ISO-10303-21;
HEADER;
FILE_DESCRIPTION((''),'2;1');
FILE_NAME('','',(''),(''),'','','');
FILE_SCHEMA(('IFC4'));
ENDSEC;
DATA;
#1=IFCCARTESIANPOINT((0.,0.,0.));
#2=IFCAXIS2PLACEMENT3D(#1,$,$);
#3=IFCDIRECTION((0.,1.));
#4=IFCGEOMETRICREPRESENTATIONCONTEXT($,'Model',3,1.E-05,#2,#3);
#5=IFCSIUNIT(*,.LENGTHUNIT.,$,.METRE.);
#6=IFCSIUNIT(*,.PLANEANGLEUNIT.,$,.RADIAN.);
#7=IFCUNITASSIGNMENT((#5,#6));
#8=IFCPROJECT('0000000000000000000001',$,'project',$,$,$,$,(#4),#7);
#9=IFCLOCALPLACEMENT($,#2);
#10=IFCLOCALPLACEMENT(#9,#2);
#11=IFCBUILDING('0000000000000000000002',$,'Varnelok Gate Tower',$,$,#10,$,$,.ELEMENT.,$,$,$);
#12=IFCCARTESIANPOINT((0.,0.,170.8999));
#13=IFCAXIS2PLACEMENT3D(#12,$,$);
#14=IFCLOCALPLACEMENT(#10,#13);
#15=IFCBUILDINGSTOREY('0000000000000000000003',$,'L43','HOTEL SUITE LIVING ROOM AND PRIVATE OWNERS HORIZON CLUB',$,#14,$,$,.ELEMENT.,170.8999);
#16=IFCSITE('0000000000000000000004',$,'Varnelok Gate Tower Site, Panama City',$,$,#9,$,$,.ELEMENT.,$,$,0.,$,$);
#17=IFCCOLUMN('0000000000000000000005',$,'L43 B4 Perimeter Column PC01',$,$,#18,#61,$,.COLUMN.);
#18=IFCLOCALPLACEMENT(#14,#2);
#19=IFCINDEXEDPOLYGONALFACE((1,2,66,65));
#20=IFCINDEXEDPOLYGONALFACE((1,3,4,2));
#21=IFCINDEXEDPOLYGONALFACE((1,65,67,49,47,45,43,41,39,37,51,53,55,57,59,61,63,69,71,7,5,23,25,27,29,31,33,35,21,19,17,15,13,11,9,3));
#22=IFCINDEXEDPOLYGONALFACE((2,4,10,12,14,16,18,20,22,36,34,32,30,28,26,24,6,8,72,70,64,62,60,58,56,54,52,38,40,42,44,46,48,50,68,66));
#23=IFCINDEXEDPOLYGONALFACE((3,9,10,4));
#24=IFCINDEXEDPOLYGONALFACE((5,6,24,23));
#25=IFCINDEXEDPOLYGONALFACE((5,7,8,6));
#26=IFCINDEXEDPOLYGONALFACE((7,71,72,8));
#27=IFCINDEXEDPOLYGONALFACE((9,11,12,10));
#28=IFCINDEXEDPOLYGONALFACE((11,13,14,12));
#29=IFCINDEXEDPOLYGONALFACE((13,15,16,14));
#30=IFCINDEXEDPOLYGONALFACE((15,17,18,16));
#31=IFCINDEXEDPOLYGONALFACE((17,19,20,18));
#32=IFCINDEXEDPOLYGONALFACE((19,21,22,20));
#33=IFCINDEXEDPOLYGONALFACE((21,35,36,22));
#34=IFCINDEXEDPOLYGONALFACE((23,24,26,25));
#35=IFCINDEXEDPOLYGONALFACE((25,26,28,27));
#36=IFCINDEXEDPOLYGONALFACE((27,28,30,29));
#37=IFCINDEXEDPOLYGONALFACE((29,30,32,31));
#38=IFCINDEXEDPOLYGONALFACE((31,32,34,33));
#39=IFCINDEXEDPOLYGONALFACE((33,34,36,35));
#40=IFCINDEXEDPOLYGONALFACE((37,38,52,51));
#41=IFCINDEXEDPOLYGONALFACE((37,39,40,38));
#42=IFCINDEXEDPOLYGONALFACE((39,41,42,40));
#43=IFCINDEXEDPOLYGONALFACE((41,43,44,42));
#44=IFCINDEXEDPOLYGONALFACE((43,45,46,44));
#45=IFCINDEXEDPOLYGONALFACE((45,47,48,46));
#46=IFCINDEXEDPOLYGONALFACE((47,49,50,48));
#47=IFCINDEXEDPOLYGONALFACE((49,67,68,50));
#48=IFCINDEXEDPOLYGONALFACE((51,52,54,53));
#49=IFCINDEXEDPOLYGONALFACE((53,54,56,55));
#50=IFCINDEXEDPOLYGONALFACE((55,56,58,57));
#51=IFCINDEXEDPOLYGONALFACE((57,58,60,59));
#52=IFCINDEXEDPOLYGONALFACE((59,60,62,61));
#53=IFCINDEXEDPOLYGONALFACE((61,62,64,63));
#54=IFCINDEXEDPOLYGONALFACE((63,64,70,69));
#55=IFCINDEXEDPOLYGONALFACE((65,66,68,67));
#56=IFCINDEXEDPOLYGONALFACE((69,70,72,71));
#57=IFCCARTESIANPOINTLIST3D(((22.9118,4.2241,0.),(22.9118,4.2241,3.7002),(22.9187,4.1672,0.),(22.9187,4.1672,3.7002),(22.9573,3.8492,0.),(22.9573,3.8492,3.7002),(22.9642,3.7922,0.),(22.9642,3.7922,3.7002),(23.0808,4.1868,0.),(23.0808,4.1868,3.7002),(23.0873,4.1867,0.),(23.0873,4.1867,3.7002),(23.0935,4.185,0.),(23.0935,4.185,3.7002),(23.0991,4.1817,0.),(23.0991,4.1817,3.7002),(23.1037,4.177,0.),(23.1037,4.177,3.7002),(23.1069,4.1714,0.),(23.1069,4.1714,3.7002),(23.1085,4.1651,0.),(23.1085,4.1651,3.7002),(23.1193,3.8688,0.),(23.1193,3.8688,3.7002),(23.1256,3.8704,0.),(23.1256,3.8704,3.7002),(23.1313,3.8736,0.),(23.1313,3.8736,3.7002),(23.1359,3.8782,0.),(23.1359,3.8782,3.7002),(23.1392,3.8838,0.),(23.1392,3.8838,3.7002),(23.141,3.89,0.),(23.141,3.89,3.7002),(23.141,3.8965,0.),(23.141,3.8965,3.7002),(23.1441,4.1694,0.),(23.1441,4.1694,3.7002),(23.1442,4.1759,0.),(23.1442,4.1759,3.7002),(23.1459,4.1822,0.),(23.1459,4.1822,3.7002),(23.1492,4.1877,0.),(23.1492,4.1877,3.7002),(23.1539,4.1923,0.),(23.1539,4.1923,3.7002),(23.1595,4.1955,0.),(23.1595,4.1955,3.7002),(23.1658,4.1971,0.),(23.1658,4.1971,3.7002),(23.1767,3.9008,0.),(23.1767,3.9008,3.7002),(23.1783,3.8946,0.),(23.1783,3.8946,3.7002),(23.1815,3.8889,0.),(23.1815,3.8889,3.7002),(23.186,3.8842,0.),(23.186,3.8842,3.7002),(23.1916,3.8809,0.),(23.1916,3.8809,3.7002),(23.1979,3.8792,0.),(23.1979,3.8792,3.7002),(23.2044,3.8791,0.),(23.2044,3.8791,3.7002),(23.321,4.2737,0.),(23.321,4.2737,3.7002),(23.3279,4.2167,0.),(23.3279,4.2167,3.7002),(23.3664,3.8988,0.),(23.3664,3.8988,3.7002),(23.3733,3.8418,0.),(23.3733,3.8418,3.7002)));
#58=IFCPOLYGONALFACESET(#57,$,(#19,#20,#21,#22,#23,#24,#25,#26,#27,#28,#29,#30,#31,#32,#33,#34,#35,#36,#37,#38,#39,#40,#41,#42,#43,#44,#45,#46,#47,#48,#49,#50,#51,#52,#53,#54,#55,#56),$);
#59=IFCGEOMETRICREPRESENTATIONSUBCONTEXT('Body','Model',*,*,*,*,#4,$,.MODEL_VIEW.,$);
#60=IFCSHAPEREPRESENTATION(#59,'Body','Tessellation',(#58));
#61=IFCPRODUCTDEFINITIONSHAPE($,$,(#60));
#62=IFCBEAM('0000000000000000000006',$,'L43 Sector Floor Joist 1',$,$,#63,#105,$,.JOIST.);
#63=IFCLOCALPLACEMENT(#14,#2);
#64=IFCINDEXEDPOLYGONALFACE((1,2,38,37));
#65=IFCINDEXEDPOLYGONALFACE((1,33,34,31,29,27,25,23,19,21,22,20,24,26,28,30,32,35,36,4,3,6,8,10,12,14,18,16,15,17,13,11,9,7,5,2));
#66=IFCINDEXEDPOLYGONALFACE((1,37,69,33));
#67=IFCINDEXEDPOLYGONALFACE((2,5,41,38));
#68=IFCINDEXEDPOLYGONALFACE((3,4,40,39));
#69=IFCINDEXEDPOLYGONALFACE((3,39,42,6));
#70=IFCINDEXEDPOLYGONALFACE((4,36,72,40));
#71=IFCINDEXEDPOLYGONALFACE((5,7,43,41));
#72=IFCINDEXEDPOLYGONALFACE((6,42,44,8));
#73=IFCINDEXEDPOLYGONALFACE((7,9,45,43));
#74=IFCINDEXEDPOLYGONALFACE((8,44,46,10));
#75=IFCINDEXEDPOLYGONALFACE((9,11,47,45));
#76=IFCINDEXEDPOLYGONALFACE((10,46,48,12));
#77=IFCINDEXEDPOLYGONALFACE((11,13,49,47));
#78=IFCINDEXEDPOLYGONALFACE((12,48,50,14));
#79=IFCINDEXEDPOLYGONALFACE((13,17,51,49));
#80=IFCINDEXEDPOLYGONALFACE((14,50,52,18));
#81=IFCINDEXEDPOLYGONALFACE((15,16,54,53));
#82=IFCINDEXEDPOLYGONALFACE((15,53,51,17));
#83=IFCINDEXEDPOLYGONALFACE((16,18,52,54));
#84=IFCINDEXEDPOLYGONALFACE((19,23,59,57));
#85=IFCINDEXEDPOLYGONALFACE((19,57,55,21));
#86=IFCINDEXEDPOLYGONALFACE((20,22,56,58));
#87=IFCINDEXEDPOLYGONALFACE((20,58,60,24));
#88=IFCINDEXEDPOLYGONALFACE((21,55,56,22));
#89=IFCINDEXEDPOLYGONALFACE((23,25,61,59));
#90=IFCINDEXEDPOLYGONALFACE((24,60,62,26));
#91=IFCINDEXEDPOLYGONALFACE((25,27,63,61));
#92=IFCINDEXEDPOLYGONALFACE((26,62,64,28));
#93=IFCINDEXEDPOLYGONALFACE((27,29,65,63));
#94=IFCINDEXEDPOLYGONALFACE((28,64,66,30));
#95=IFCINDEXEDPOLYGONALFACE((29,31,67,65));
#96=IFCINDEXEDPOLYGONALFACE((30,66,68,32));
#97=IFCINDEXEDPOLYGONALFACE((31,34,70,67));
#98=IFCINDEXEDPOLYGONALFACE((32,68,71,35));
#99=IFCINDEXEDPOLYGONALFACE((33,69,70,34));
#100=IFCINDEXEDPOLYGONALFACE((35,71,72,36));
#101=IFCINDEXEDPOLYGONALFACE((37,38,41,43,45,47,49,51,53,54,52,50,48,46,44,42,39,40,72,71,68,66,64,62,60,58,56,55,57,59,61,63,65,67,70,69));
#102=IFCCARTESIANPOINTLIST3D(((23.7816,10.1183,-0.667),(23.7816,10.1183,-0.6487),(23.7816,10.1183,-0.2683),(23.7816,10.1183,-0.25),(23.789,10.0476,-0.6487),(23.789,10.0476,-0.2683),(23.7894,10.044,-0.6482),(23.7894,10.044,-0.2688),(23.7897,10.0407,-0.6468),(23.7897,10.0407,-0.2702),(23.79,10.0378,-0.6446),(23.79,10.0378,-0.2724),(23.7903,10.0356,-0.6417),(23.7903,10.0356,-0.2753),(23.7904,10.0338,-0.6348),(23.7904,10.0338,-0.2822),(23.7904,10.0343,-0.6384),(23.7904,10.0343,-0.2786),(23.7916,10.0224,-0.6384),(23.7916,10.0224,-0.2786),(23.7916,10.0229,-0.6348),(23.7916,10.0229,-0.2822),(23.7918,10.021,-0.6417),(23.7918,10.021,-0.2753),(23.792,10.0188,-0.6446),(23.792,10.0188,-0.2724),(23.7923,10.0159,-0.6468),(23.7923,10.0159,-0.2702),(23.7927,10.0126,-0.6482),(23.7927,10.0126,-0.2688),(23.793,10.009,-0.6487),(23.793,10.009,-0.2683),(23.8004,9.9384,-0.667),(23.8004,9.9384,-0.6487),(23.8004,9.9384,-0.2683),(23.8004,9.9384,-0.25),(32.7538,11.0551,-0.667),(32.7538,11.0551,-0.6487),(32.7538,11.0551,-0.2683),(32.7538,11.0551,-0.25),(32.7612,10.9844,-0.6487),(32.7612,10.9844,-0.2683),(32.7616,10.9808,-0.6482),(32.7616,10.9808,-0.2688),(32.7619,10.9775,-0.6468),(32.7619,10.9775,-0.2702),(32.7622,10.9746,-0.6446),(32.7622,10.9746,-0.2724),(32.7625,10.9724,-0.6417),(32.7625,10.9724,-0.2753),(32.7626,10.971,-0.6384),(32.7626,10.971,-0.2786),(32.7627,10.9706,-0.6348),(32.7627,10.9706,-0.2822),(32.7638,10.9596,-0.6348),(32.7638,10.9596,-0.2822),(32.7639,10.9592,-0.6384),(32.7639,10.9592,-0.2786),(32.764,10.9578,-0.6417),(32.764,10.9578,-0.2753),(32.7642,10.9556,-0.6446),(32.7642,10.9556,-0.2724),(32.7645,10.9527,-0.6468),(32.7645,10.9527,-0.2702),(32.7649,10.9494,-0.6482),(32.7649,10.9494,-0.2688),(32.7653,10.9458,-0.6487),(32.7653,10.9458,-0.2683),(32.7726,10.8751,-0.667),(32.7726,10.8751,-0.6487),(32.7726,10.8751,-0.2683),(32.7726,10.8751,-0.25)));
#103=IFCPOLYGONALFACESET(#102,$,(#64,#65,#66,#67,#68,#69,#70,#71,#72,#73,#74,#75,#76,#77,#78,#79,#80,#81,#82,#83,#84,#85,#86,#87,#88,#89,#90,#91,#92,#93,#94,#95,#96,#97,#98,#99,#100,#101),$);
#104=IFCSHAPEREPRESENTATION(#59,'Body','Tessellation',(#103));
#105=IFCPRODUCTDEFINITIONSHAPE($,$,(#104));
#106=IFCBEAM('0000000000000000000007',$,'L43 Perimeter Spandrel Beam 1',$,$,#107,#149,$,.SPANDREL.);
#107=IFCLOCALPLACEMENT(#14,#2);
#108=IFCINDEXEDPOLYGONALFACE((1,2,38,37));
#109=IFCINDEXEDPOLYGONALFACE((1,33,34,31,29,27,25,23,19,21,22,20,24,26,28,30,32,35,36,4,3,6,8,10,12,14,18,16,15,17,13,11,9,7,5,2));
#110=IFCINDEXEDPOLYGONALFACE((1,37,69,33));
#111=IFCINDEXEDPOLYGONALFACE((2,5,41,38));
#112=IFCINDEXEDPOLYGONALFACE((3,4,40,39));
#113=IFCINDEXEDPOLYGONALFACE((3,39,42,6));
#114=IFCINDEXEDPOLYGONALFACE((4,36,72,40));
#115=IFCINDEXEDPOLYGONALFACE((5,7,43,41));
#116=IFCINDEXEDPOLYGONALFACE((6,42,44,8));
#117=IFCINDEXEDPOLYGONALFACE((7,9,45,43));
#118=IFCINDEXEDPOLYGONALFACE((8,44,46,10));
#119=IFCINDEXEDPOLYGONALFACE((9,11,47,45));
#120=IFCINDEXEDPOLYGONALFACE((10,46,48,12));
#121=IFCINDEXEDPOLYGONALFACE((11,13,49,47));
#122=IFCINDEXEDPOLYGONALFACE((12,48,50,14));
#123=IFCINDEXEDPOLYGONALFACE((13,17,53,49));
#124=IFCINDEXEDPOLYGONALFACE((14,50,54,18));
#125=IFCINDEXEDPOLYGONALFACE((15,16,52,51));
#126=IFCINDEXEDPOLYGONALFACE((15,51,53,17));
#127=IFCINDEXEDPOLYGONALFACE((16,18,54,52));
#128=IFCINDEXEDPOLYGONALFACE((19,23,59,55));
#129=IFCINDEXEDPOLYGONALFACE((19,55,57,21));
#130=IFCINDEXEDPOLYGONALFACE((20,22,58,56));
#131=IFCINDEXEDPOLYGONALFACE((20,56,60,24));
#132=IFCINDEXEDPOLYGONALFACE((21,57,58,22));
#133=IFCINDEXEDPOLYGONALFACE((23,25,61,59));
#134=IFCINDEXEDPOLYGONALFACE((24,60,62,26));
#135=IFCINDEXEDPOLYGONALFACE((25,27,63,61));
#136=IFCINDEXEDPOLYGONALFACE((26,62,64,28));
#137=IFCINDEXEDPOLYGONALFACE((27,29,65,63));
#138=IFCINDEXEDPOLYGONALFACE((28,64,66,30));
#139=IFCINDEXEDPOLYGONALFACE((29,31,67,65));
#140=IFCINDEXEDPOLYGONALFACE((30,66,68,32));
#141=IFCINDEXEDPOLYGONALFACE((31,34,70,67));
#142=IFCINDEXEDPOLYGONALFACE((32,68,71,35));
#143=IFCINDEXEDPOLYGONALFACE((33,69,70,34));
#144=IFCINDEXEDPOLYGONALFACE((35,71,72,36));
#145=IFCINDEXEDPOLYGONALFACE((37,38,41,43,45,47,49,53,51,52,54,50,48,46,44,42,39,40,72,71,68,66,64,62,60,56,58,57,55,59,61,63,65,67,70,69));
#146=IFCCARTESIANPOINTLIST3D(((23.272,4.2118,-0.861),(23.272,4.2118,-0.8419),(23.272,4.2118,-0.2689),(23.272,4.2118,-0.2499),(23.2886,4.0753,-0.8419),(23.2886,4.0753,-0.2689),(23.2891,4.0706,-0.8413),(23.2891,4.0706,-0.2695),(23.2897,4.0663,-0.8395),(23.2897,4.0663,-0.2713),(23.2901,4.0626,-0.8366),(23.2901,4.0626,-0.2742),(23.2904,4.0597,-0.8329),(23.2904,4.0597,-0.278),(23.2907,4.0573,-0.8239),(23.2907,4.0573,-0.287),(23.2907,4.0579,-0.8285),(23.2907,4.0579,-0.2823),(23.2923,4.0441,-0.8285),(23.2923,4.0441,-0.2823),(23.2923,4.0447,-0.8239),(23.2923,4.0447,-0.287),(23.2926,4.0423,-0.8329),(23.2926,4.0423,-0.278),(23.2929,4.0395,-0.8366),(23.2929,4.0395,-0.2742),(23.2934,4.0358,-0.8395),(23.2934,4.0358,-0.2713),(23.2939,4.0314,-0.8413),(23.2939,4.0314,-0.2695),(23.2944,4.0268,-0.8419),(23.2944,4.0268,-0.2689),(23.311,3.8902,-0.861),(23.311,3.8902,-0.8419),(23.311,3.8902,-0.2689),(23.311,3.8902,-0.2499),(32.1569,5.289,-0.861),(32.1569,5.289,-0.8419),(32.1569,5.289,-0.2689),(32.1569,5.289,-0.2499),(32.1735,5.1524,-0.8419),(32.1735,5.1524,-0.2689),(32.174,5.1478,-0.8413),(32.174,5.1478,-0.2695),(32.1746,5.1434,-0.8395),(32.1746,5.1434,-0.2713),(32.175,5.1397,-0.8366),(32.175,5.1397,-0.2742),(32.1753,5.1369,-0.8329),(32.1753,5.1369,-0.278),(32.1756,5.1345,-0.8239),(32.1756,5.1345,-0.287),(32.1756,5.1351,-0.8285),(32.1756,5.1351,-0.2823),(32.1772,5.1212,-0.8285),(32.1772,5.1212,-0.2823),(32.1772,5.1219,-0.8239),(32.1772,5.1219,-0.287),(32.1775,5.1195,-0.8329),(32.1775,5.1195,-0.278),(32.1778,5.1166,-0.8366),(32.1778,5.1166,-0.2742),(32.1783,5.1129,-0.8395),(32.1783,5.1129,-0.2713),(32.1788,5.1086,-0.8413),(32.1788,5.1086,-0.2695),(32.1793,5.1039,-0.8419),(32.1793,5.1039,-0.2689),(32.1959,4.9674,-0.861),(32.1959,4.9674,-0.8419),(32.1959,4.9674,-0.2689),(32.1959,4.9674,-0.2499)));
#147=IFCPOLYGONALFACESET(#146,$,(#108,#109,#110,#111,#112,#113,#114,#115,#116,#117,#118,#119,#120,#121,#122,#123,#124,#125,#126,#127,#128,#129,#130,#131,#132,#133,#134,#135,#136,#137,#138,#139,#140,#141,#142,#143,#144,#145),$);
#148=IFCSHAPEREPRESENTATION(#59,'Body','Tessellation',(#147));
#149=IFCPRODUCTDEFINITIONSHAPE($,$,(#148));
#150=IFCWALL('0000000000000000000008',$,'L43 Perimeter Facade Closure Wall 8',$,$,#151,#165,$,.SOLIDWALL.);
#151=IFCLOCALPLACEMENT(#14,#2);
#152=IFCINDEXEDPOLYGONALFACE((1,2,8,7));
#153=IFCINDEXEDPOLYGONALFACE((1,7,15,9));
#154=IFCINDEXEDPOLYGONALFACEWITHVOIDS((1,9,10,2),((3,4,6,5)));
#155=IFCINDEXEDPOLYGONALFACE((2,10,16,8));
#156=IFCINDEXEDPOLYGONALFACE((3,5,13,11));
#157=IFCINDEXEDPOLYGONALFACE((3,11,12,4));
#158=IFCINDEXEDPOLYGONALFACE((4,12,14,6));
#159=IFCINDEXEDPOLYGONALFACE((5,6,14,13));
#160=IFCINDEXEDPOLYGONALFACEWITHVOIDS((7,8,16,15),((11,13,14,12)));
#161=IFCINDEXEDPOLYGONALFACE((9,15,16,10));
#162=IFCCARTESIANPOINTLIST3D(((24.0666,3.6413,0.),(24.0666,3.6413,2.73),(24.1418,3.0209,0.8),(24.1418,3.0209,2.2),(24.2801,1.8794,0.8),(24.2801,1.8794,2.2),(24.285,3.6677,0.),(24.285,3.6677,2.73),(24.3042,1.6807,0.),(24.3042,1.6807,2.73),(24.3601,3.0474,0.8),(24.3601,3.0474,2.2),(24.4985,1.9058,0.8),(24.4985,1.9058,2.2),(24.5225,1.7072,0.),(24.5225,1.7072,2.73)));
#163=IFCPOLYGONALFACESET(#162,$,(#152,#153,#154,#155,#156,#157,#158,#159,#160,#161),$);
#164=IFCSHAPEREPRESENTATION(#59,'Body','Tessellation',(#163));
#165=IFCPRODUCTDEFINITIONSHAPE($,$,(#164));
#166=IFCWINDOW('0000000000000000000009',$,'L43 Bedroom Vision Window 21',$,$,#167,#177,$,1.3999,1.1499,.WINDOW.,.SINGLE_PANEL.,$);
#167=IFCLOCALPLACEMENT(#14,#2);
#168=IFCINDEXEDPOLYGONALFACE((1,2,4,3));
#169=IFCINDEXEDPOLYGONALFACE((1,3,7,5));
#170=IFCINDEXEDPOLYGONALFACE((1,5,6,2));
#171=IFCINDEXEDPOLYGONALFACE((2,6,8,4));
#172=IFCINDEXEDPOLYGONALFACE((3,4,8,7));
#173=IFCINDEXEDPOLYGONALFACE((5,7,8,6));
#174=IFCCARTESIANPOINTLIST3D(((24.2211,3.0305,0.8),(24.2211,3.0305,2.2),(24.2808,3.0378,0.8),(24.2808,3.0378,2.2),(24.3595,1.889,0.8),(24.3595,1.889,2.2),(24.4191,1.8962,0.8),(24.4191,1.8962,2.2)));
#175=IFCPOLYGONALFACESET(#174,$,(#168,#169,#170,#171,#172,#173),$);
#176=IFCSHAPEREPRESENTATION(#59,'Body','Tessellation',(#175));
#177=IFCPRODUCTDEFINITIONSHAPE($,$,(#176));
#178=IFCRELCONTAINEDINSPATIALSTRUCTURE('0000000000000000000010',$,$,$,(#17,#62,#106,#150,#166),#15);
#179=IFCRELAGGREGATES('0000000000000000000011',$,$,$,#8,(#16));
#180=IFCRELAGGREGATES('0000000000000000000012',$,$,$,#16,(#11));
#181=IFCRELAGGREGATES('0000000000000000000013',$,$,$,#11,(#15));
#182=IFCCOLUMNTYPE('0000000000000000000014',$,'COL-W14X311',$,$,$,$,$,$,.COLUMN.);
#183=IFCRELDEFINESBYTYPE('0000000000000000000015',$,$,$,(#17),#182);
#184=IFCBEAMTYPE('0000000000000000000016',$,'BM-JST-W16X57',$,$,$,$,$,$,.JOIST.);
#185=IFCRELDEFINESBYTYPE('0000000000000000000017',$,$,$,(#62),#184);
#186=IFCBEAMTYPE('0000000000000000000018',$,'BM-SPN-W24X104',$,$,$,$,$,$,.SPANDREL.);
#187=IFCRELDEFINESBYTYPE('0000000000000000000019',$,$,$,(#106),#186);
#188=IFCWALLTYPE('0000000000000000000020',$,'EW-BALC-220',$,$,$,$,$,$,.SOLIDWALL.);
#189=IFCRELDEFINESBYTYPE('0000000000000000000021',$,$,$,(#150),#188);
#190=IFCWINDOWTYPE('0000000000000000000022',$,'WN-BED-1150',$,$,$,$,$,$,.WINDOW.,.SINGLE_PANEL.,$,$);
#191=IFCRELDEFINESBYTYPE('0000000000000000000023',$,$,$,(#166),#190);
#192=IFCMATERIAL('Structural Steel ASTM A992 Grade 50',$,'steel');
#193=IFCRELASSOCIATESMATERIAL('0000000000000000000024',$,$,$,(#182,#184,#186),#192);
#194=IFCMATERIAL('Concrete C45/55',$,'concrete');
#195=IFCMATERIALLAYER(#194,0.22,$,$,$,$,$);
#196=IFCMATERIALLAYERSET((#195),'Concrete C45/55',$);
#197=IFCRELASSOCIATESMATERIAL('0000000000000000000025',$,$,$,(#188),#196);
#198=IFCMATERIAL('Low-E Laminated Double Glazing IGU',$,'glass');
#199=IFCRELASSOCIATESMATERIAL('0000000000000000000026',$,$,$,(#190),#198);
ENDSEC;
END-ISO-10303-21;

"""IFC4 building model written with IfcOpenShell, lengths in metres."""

from ifc_helpers import new_model, si_unit, direction, frame, frame_2d, origin, origin_2d, place, context, subcontext, project, spatial, rectangle, i_section, extrude, material, layer, layer_set, material_profile, profile_set, type_object, element, fill, save


model = new_model("IFC4")

# Units and contexts
model_context = context("Model", 3, precision=1e-05, world=origin(), true_north=direction((0.0, 1.0)))
body_context = subcontext(model_context, "Body", "Model", "MODEL_VIEW")
ifc_project = project(units=[si_unit("LENGTHUNIT", "METRE"), si_unit("PLANEANGLEUNIT", "RADIAN")], contexts=[model_context])

# Site, building, storey
site_placement = place(None, origin())
site = spatial("IfcSite", under=ifc_project, at=site_placement, Name="Varnelok Gate Tower Site, Panama City", CompositionType="ELEMENT", RefElevation=0.0)
building_placement = place(site_placement, origin())
building = spatial("IfcBuilding", under=site, at=building_placement, Name="Varnelok Gate Tower", CompositionType="ELEMENT")
storey_placement = place(building_placement, frame((0.0, 0.0, 170.8999)))
storey = spatial("IfcBuildingStorey", under=building, at=storey_placement, Name="L43", Description="HOTEL SUITE LIVING ROOM AND PRIVATE OWNERS HORIZON CLUB", CompositionType="ELEMENT", Elevation=170.8999)

# Column
ifc_material_1 = material(Name="Structural Steel ASTM A992 Grade 50", Category="steel")
ifc_material_profile_1 = material_profile(ifc_material_1, i_section(OverallWidth=0.4121, OverallDepth=0.4351, WebThickness=0.0359, FlangeThickness=0.0574, FilletRadius=0.0249, at=origin_2d()), Name="W14X311")
ifc_profile_set_1 = profile_set([ifc_material_profile_1], Name="Structural Steel ASTM A992 Grade 50")
column_type = type_object("IfcColumnType", Name="COL-W14X311", PredefinedType="COLUMN", material=ifc_profile_set_1)
column_placement = place(storey_placement, frame((23.1426, 4.033, 0.0), z_axis=(0.0, 0.0, 1.0), x_axis=(0.992732, 0.120345, 0.0)))
element("IfcColumn", 1, at=column_placement, inside=storey, type_object=column_type, Name="L43 B4 Perimeter Column PC01", PredefinedType="COLUMN", context=body_context, shape_type="SweptSolid", body=[
    extrude(i_section(OverallWidth=0.4121, OverallDepth=0.4351, WebThickness=0.0359, FlangeThickness=0.0574, FilletRadius=0.0249, at=origin_2d()), origin(), (0.0, 0.0, 1.0), 3.7002),
])

# Beams
ifc_material_profile_2 = material_profile(ifc_material_1, i_section(OverallWidth=0.1809, OverallDepth=0.417, WebThickness=0.011, FlangeThickness=0.0183, FilletRadius=0.0139, at=origin_2d()), Name="W16X57")
ifc_profile_set_2 = profile_set([ifc_material_profile_2], Name="Structural Steel ASTM A992 Grade 50")
beam_type_1 = type_object("IfcBeamType", Name="BM-JST-W16X57", PredefinedType="JOIST", material=ifc_profile_set_2)
beam_1_placement = place(storey_placement, frame((23.791, 10.0283, -0.4585), z_axis=(0.994594, 0.103844, 0.0), x_axis=(-0.103844, 0.994594, 0.0)))
element("IfcBeam", 2, at=beam_1_placement, inside=storey, type_object=beam_type_1, Name="L43 Sector Floor Joist 1", PredefinedType="JOIST", context=body_context, shape_type="SweptSolid", body=[
    extrude(i_section(OverallWidth=0.1809, OverallDepth=0.417, WebThickness=0.011, FlangeThickness=0.0183, FilletRadius=0.0139, at=origin_2d()), origin(), (0.0, 0.0, 1.0), 9.021),
])
ifc_material_profile_3 = material_profile(ifc_material_1, i_section(OverallWidth=0.324, OverallDepth=0.6111, WebThickness=0.0127, FlangeThickness=0.019, FilletRadius=0.0181, at=origin_2d()), Name="W24X104")
ifc_profile_set_3 = profile_set([ifc_material_profile_3], Name="Structural Steel ASTM A992 Grade 50")
beam_type_2 = type_object("IfcBeamType", Name="BM-SPN-W24X104", PredefinedType="SPANDREL", material=ifc_profile_set_3)
beam_2_placement = place(storey_placement, frame((23.2915, 4.051, -0.5554), z_axis=(0.992731, 0.120351, 0.0), x_axis=(-0.120351, 0.992731, 0.0)))
element("IfcBeam", 3, at=beam_2_placement, inside=storey, type_object=beam_type_2, Name="L43 Perimeter Spandrel Beam 1", PredefinedType="SPANDREL", context=body_context, shape_type="SweptSolid", body=[
    extrude(i_section(OverallWidth=0.324, OverallDepth=0.6111, WebThickness=0.0127, FlangeThickness=0.019, FilletRadius=0.0181, at=origin_2d()), origin(), (0.0, 0.0, 1.0), 8.95),
])

# Wall, opening, window
ifc_material_2 = material(Name="Concrete C45/55", Category="concrete")
ifc_layer_1 = layer(ifc_material_2, 0.22)
ifc_layer_set_1 = layer_set([ifc_layer_1], Name="Concrete C45/55")
wall_type_1 = type_object("IfcWallType", Name="EW-BALC-220", PredefinedType="SOLIDWALL", material=ifc_layer_set_1)
wall_1_placement = place(storey_placement, frame((24.4133, 1.6941, 0.0), z_axis=(0.0, 0.0, 1.0), x_axis=(-0.120291, 0.992739, 0.0)))
wall_1 = element("IfcWall", 4, at=wall_1_placement, inside=storey, type_object=wall_type_1, Name="L43 Perimeter Facade Closure Wall 8", PredefinedType="SOLIDWALL", context=body_context, shape_type="SweptSolid", body=[
    extrude(rectangle(XDim=1.9749, YDim=0.22, at=frame_2d((0.9873, 0.0))), origin(), (0.0, 0.0, 1.0), 2.73),
])
opening_1_placement = place(wall_1_placement, frame((0.2, 0.0, 0.8)))
opening_1 = element("IfcOpeningElement", 5, at=opening_1_placement, cuts=wall_1, PredefinedType="OPENING", context=body_context, shape_type="SweptSolid", body=[
    extrude(rectangle(XDim=1.1499, YDim=1.3999, at=frame_2d((0.575, 0.7))), frame((0.0, 0.1199, 0.0), z_axis=(0.0, -1.0, 0.0), x_axis=(1.0, 0.0, 0.0)), (0.0, 0.0, 1.0), 0.24),
])
ifc_material_3 = material(Name="Low-E Laminated Double Glazing IGU", Category="glass")
window_type = type_object("IfcWindowType", Name="WN-BED-1150", PartitioningType="SINGLE_PANEL", PredefinedType="WINDOW", material=ifc_material_3)
window_placement = place(opening_1_placement, origin())
window = element("IfcWindow", 6, at=window_placement, inside=storey, type_object=window_type, Name="L43 Bedroom Vision Window 21", OverallHeight=1.3999, OverallWidth=1.1499, PartitioningType="SINGLE_PANEL", PredefinedType="WINDOW", context=body_context, shape_type="SweptSolid", body=[
    extrude(rectangle(XDim=1.1499, YDim=1.3999, at=frame_2d((0.575, 0.7))), frame((0.0, 0.03, 0.0), z_axis=(0.0, -1.0, 0.0), x_axis=(1.0, 0.0, 0.0)), (0.0, 0.0, 1.0), 0.0601),
])
fill(opening_1, window)

save(model, "model.ifc")
